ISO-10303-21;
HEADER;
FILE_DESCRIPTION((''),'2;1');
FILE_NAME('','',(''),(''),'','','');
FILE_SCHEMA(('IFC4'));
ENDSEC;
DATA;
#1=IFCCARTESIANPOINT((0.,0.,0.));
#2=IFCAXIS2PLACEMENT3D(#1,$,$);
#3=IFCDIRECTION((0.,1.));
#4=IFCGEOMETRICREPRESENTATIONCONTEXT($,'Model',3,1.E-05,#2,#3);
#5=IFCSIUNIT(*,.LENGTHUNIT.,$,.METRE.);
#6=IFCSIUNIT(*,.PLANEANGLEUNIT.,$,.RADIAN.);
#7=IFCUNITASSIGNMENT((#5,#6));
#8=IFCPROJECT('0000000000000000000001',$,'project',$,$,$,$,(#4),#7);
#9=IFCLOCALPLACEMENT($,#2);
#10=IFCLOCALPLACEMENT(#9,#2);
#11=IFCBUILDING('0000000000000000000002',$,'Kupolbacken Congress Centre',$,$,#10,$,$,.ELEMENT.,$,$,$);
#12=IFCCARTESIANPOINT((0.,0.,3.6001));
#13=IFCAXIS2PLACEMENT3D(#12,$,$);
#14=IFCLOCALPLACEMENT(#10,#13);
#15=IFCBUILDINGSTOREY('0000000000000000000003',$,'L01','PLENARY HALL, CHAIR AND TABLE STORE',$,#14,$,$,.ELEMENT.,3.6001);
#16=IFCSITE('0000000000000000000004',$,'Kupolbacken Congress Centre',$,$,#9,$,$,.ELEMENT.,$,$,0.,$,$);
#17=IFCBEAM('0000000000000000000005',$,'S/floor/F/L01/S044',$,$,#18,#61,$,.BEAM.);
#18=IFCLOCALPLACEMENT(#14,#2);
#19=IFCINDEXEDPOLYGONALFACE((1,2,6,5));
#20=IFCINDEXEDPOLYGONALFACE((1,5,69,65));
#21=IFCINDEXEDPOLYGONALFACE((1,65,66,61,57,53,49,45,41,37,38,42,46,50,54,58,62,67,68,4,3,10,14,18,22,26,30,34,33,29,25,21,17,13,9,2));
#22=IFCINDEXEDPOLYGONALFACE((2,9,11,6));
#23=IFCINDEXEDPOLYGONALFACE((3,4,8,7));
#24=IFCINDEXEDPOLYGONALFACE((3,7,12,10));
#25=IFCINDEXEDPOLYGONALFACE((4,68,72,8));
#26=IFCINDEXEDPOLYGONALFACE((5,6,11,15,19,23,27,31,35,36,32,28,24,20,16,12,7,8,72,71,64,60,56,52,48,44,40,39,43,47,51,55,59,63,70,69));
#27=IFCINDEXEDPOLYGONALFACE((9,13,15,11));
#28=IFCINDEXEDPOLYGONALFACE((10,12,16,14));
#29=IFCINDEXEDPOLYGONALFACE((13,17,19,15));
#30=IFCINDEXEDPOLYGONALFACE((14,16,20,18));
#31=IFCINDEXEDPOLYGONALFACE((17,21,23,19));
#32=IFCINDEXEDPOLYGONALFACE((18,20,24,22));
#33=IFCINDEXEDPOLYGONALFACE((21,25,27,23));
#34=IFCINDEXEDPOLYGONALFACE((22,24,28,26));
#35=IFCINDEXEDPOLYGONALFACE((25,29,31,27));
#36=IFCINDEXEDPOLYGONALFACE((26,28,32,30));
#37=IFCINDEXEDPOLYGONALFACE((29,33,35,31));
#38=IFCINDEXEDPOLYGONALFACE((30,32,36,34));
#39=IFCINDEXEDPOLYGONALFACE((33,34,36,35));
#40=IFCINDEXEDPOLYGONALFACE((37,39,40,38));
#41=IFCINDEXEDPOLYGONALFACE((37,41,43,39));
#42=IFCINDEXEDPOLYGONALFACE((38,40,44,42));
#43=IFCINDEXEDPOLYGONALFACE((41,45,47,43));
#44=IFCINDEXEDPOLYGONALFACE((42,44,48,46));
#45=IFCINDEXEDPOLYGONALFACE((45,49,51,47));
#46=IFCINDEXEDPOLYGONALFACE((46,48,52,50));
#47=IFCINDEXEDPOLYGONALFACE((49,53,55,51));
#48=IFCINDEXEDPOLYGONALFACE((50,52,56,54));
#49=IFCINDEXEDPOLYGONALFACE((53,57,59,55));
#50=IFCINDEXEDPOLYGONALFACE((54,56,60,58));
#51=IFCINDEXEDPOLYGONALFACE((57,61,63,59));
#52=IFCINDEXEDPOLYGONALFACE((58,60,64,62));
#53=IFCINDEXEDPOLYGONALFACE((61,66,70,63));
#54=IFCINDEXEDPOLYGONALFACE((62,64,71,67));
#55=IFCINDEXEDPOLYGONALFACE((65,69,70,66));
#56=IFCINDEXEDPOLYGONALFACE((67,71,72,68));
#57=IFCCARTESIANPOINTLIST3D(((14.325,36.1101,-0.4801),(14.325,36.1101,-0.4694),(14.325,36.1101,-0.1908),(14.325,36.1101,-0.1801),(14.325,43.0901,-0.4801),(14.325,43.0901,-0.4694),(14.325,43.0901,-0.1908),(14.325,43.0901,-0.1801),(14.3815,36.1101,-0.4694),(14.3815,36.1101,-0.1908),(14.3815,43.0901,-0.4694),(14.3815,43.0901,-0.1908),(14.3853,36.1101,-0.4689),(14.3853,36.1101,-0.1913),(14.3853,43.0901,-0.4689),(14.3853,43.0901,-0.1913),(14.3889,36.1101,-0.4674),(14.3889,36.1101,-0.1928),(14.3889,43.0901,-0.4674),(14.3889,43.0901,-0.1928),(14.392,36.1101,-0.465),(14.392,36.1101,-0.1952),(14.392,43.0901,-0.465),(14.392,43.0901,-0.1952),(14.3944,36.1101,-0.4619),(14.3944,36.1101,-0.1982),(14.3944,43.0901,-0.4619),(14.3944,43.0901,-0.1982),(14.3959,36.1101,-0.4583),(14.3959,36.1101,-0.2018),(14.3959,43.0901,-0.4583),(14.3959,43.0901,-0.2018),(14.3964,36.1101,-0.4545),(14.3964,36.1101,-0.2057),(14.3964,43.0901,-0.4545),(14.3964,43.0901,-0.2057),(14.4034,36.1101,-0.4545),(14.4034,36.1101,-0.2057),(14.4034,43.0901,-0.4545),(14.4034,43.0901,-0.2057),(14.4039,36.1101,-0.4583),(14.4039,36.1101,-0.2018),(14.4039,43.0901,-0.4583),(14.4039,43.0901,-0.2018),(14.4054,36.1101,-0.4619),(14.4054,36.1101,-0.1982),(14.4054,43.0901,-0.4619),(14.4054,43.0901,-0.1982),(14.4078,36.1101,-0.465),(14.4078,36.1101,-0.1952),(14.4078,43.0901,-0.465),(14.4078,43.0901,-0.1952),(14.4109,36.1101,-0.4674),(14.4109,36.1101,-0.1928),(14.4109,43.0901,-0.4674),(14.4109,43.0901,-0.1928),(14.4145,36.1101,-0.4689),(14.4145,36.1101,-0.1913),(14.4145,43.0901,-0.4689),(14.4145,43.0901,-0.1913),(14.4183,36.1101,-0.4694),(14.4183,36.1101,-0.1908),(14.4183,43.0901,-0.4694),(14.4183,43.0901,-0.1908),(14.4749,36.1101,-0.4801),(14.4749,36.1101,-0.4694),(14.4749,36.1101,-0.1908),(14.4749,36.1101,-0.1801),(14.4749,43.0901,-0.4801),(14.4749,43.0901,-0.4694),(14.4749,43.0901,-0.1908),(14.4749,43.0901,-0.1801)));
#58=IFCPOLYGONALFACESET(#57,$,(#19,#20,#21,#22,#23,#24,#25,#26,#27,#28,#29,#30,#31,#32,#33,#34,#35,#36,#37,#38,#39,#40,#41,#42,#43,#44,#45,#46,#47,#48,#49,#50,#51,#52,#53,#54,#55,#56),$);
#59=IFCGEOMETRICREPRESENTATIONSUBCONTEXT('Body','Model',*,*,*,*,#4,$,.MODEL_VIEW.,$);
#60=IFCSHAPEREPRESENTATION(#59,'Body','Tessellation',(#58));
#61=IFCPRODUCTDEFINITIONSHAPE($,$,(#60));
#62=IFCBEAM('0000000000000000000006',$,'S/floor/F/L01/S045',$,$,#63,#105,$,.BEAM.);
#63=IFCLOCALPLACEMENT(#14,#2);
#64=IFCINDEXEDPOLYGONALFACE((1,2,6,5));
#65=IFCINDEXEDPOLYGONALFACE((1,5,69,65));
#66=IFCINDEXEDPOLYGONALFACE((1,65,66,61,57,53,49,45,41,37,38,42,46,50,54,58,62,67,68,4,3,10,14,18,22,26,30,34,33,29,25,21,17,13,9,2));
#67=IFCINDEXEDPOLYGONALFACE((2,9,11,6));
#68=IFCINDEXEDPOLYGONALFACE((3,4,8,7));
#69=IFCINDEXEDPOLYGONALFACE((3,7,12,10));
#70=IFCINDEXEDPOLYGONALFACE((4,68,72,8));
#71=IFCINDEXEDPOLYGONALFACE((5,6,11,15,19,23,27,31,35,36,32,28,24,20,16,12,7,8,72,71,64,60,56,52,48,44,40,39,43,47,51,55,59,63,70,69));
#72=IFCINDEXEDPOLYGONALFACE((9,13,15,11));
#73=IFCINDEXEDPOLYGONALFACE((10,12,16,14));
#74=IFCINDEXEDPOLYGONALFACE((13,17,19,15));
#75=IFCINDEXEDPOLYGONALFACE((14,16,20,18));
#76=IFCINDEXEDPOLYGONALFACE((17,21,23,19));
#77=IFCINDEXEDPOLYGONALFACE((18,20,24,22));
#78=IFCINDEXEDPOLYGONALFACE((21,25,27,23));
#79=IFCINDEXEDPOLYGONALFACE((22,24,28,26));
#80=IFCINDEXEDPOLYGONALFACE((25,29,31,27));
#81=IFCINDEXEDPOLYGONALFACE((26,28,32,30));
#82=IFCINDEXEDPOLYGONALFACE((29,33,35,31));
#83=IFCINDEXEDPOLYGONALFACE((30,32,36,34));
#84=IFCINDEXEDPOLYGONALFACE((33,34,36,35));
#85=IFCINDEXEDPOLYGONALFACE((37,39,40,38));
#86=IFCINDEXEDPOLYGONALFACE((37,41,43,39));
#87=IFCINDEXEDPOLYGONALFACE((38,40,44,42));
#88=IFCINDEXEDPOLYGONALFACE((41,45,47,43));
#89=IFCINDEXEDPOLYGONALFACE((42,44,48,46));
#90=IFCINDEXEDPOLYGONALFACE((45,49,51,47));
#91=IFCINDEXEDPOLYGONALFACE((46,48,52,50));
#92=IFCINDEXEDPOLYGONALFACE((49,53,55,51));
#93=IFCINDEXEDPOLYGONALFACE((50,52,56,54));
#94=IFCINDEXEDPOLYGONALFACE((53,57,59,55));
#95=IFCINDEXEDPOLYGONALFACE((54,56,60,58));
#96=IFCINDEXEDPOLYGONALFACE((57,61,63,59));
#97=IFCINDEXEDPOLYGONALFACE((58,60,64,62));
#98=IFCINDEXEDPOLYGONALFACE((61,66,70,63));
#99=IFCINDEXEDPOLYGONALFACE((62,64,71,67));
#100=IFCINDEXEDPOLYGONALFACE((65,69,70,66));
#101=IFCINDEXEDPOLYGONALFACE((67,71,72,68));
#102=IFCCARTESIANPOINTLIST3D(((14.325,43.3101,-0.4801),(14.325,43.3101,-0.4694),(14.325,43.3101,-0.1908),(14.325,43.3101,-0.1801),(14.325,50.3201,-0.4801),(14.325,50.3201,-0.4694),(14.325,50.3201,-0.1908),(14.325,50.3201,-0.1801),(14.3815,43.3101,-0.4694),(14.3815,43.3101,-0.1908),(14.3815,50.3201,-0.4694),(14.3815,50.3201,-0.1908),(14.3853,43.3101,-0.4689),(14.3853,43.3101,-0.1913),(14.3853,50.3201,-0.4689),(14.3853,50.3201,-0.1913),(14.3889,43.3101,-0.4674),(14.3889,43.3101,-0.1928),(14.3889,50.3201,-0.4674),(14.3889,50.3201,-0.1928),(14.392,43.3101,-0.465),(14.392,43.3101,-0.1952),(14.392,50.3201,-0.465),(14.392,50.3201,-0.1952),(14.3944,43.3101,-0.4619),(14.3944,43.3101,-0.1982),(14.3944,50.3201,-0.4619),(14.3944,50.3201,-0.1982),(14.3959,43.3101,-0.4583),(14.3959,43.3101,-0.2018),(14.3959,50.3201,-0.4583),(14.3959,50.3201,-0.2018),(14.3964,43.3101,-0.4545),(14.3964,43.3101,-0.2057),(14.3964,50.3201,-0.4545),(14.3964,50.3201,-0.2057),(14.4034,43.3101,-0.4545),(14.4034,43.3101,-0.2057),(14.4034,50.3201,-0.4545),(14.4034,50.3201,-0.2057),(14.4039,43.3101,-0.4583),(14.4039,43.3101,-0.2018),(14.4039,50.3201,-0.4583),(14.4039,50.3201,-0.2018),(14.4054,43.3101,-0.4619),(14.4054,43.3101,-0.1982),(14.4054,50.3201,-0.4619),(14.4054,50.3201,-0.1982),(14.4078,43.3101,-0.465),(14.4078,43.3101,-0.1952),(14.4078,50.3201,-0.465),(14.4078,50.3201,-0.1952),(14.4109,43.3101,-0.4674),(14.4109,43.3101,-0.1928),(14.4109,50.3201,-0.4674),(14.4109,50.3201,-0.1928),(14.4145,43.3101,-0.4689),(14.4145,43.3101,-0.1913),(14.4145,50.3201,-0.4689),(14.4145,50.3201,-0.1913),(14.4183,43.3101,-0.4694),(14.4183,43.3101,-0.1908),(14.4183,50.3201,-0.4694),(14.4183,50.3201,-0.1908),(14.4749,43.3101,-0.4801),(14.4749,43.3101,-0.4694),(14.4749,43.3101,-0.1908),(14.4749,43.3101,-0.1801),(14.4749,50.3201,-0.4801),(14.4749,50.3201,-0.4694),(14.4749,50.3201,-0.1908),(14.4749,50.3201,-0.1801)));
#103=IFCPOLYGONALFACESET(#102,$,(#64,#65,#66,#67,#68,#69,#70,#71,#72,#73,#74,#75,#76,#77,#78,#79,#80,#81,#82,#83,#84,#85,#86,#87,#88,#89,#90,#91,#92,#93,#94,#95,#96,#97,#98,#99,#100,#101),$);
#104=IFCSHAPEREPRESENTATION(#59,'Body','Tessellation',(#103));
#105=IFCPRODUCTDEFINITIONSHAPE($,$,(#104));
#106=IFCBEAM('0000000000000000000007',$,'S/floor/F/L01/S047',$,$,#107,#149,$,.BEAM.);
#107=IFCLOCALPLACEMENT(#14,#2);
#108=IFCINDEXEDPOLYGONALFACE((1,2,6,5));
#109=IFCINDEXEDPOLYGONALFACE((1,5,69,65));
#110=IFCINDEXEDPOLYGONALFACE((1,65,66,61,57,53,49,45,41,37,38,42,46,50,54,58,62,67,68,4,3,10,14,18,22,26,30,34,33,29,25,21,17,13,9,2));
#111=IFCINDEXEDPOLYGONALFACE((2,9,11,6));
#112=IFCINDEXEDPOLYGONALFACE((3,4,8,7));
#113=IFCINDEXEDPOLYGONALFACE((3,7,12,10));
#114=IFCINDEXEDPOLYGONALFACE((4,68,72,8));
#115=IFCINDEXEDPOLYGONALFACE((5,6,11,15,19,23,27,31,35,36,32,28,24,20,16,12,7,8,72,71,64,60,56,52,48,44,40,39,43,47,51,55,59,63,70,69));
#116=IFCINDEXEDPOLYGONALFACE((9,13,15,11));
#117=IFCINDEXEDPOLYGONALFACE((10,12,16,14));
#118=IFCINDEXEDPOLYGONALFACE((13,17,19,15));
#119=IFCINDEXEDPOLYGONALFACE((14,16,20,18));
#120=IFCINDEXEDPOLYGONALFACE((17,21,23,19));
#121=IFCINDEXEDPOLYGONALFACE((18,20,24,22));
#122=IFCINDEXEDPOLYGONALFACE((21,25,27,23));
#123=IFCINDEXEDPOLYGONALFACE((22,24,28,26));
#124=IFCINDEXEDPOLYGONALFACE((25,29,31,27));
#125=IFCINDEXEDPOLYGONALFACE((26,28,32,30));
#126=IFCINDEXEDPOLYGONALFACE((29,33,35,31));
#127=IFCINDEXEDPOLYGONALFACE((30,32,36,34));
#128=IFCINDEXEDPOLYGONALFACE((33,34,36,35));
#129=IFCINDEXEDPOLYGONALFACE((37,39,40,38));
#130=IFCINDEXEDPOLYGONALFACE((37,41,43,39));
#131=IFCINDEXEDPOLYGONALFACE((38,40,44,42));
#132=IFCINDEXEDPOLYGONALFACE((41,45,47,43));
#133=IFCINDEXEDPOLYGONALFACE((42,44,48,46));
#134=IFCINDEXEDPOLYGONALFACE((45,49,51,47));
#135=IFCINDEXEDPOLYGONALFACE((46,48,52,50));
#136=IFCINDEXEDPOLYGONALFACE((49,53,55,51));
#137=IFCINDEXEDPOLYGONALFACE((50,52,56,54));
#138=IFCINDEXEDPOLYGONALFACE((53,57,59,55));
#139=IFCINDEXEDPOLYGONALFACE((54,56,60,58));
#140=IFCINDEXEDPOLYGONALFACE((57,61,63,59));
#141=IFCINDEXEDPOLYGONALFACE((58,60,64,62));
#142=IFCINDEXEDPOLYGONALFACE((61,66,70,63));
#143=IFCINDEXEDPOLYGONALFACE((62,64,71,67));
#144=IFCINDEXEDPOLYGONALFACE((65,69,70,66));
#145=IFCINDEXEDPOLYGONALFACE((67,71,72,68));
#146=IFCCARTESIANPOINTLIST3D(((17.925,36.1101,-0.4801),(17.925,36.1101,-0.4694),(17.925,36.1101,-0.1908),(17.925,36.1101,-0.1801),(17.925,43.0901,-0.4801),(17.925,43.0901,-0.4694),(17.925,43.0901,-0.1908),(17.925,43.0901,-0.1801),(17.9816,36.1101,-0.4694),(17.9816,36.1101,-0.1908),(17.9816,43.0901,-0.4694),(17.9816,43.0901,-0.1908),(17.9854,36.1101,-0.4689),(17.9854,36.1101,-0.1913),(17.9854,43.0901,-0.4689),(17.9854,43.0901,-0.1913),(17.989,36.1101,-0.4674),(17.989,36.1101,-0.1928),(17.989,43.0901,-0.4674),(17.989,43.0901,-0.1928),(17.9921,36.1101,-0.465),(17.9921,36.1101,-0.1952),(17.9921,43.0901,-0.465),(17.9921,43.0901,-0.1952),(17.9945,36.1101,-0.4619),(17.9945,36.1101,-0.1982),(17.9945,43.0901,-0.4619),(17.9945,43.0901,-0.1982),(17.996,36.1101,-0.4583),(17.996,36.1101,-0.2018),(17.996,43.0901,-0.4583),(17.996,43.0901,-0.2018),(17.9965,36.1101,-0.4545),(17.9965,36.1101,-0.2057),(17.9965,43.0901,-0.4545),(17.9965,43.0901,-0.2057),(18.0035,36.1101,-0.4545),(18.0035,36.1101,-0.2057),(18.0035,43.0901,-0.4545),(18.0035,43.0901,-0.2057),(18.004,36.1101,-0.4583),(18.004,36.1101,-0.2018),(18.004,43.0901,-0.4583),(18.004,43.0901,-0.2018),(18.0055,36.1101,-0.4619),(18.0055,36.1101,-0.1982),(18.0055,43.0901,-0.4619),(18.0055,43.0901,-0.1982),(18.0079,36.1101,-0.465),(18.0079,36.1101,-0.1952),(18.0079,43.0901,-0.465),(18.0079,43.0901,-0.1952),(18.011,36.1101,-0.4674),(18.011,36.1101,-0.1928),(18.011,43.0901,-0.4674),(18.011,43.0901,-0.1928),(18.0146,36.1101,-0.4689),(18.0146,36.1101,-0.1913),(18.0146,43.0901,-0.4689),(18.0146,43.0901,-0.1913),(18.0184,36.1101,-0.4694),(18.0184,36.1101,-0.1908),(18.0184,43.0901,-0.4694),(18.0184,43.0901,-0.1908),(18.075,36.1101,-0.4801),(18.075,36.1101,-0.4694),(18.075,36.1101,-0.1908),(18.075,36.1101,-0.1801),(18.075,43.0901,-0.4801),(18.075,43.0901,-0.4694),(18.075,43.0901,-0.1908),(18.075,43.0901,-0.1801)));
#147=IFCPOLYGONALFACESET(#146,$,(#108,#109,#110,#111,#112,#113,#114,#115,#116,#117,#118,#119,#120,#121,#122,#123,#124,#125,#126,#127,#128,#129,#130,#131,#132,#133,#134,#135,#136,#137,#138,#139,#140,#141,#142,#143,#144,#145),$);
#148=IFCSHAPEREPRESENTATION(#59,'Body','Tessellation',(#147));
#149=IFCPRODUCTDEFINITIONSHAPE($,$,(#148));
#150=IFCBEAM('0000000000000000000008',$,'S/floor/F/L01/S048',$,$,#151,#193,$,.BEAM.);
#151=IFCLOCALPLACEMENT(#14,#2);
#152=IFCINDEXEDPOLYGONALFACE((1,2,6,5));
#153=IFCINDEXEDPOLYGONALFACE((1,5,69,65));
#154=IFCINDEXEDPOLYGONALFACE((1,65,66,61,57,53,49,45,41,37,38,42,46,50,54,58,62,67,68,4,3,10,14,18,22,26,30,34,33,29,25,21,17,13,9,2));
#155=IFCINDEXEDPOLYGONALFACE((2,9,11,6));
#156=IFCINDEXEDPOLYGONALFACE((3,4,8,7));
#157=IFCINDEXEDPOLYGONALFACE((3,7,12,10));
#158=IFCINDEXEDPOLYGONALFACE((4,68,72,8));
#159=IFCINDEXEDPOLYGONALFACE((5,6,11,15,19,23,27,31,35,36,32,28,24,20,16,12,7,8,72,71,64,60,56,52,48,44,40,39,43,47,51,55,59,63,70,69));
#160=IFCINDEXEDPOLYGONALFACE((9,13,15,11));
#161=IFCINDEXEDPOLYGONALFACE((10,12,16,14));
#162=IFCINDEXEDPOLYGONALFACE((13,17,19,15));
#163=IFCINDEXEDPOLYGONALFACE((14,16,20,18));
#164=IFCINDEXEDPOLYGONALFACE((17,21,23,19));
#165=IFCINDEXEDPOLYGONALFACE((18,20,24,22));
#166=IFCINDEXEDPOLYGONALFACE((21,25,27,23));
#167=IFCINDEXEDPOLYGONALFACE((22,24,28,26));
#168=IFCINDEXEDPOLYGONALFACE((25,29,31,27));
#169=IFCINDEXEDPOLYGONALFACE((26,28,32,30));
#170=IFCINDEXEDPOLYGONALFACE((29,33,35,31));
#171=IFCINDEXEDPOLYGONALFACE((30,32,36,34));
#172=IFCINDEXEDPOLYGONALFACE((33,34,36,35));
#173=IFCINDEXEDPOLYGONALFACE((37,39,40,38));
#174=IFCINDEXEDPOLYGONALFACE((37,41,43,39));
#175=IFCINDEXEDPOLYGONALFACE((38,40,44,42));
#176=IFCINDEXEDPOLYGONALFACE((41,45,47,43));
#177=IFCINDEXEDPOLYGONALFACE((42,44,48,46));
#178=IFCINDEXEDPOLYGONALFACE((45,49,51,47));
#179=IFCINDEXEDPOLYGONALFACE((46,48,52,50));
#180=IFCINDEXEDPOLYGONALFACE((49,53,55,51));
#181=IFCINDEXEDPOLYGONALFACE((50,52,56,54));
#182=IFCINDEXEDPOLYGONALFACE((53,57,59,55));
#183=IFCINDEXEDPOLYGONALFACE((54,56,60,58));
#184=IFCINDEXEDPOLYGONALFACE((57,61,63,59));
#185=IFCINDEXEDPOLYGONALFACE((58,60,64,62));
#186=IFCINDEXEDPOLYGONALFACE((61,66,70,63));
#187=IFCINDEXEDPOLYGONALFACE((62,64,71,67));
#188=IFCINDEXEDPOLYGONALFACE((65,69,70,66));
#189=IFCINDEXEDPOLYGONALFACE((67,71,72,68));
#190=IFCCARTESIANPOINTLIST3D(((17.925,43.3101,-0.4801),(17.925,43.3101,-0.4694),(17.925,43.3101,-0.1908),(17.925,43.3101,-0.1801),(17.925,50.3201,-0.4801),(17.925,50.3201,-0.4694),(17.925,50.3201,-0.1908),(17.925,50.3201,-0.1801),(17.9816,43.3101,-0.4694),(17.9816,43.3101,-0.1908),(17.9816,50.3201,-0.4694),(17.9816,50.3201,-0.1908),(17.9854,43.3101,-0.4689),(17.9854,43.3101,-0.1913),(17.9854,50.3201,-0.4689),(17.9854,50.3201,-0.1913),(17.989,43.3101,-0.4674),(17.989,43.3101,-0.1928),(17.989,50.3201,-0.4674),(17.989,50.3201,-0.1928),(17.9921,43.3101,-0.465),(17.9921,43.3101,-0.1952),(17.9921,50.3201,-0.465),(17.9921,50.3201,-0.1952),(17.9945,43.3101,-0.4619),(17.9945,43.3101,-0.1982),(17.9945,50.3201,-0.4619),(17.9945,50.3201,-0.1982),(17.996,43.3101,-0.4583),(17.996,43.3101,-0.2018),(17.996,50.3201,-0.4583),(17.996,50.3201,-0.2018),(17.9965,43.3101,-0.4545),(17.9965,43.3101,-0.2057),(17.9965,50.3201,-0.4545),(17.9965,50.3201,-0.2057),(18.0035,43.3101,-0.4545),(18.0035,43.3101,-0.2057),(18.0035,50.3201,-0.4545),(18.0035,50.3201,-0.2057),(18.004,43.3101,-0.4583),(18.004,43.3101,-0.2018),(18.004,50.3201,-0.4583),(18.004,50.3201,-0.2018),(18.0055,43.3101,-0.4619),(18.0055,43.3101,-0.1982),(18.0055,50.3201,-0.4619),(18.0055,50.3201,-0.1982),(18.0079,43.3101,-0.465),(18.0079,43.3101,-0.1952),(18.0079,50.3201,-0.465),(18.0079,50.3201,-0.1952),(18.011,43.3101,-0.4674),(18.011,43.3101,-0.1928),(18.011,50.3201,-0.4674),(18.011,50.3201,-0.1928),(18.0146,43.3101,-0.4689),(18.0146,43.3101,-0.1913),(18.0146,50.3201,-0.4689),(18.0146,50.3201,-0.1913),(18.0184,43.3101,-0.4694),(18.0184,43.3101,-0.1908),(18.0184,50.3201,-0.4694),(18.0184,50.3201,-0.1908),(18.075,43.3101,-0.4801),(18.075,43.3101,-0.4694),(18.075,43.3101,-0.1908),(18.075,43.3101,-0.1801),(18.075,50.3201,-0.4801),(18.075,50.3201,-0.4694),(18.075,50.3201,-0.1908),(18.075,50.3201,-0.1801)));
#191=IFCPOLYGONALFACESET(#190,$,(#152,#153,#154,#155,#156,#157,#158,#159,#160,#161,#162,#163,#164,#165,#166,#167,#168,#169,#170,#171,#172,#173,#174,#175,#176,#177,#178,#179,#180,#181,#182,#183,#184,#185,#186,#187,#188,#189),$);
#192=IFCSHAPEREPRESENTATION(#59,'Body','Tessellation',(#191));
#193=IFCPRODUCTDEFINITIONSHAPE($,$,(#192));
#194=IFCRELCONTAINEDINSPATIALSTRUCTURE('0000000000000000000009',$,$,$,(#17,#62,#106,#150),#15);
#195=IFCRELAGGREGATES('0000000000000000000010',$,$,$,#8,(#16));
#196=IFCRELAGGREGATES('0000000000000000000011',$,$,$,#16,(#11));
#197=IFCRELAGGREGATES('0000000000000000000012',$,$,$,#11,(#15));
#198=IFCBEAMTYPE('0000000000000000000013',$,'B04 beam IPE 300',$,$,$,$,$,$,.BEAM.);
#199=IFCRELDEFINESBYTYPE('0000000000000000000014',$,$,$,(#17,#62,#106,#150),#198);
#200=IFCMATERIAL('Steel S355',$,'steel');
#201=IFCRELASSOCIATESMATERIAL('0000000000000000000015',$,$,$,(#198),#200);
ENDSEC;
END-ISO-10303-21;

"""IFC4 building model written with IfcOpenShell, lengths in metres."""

from ifc_helpers import new_model, si_unit, direction, frame, origin, origin_2d, place, context, subcontext, project, spatial, i_section, extrude, material, material_profile, profile_set, type_object, element, save


model = new_model("IFC4")

# Units and contexts
model_context = context("Model", 3, precision=1e-05, world=origin(), true_north=direction((0.0, 1.0)))
body_context = subcontext(model_context, "Body", "Model", "MODEL_VIEW")
ifc_project = project(units=[si_unit("LENGTHUNIT", "METRE"), si_unit("PLANEANGLEUNIT", "RADIAN")], contexts=[model_context])

# Site, building, storey
site_placement = place(None, origin())
site = spatial("IfcSite", under=ifc_project, at=site_placement, Name="Kupolbacken Congress Centre", CompositionType="ELEMENT", RefElevation=0.0)
building_placement = place(site_placement, origin())
building = spatial("IfcBuilding", under=site, at=building_placement, Name="Kupolbacken Congress Centre", CompositionType="ELEMENT")
storey_placement = place(building_placement, frame((0.0, 0.0, 3.6001)))
storey = spatial("IfcBuildingStorey", under=building, at=storey_placement, Name="L01", Description="PLENARY HALL, CHAIR AND TABLE STORE", CompositionType="ELEMENT", Elevation=3.6001)

# Beams
ifc_material_1 = material(Name="Steel S355", Category="steel")
ifc_material_profile_1 = material_profile(ifc_material_1, i_section(OverallWidth=0.1499, OverallDepth=0.3, WebThickness=0.0071, FlangeThickness=0.0107, FilletRadius=0.0149, at=origin_2d()), Name="IPE 300")
ifc_profile_set_1 = profile_set([ifc_material_profile_1], Name="Steel S355")
beam_type_1 = type_object("IfcBeamType", Name="B04 beam IPE 300", PredefinedType="BEAM", material=ifc_profile_set_1)
beam_1_placement = place(storey_placement, frame((14.3999, 36.1101, -0.3301), z_axis=(0.0, 1.0, 0.0), x_axis=(-1.0, 0.0, 0.0)))
element("IfcBeam", 1, at=beam_1_placement, inside=storey, type_object=beam_type_1, Name="S/floor/F/L01/S044", PredefinedType="BEAM", context=body_context, shape_type="SweptSolid", body=[
    extrude(i_section(OverallWidth=0.1499, OverallDepth=0.3, WebThickness=0.0071, FlangeThickness=0.0107, FilletRadius=0.0149, at=origin_2d()), origin(), (0.0, 0.0, 1.0), 6.98),
])
beam_2_placement = place(storey_placement, frame((14.3999, 43.3101, -0.3301), z_axis=(0.0, 1.0, 0.0), x_axis=(-1.0, 0.0, 0.0)))
element("IfcBeam", 2, at=beam_2_placement, inside=storey, type_object=beam_type_1, Name="S/floor/F/L01/S045", PredefinedType="BEAM", context=body_context, shape_type="SweptSolid", body=[
    extrude(i_section(OverallWidth=0.1499, OverallDepth=0.3, WebThickness=0.0071, FlangeThickness=0.0107, FilletRadius=0.0149, at=origin_2d()), origin(), (0.0, 0.0, 1.0), 7.01),
])
beam_3_placement = place(storey_placement, frame((18.0, 36.1101, -0.3301), z_axis=(0.0, 1.0, 0.0), x_axis=(-1.0, 0.0, 0.0)))
element("IfcBeam", 3, at=beam_3_placement, inside=storey, type_object=beam_type_1, Name="S/floor/F/L01/S047", PredefinedType="BEAM", context=body_context, shape_type="SweptSolid", body=[
    extrude(i_section(OverallWidth=0.1499, OverallDepth=0.3, WebThickness=0.0071, FlangeThickness=0.0107, FilletRadius=0.0149, at=origin_2d()), origin(), (0.0, 0.0, 1.0), 6.98),
])
beam_4_placement = place(storey_placement, frame((18.0, 43.3101, -0.3301), z_axis=(0.0, 1.0, 0.0), x_axis=(-1.0, 0.0, 0.0)))
element("IfcBeam", 4, at=beam_4_placement, inside=storey, type_object=beam_type_1, Name="S/floor/F/L01/S048", PredefinedType="BEAM", context=body_context, shape_type="SweptSolid", body=[
    extrude(i_section(OverallWidth=0.1499, OverallDepth=0.3, WebThickness=0.0071, FlangeThickness=0.0107, FilletRadius=0.0149, at=origin_2d()), origin(), (0.0, 0.0, 1.0), 7.01),
])

save(model, "model.ifc")
